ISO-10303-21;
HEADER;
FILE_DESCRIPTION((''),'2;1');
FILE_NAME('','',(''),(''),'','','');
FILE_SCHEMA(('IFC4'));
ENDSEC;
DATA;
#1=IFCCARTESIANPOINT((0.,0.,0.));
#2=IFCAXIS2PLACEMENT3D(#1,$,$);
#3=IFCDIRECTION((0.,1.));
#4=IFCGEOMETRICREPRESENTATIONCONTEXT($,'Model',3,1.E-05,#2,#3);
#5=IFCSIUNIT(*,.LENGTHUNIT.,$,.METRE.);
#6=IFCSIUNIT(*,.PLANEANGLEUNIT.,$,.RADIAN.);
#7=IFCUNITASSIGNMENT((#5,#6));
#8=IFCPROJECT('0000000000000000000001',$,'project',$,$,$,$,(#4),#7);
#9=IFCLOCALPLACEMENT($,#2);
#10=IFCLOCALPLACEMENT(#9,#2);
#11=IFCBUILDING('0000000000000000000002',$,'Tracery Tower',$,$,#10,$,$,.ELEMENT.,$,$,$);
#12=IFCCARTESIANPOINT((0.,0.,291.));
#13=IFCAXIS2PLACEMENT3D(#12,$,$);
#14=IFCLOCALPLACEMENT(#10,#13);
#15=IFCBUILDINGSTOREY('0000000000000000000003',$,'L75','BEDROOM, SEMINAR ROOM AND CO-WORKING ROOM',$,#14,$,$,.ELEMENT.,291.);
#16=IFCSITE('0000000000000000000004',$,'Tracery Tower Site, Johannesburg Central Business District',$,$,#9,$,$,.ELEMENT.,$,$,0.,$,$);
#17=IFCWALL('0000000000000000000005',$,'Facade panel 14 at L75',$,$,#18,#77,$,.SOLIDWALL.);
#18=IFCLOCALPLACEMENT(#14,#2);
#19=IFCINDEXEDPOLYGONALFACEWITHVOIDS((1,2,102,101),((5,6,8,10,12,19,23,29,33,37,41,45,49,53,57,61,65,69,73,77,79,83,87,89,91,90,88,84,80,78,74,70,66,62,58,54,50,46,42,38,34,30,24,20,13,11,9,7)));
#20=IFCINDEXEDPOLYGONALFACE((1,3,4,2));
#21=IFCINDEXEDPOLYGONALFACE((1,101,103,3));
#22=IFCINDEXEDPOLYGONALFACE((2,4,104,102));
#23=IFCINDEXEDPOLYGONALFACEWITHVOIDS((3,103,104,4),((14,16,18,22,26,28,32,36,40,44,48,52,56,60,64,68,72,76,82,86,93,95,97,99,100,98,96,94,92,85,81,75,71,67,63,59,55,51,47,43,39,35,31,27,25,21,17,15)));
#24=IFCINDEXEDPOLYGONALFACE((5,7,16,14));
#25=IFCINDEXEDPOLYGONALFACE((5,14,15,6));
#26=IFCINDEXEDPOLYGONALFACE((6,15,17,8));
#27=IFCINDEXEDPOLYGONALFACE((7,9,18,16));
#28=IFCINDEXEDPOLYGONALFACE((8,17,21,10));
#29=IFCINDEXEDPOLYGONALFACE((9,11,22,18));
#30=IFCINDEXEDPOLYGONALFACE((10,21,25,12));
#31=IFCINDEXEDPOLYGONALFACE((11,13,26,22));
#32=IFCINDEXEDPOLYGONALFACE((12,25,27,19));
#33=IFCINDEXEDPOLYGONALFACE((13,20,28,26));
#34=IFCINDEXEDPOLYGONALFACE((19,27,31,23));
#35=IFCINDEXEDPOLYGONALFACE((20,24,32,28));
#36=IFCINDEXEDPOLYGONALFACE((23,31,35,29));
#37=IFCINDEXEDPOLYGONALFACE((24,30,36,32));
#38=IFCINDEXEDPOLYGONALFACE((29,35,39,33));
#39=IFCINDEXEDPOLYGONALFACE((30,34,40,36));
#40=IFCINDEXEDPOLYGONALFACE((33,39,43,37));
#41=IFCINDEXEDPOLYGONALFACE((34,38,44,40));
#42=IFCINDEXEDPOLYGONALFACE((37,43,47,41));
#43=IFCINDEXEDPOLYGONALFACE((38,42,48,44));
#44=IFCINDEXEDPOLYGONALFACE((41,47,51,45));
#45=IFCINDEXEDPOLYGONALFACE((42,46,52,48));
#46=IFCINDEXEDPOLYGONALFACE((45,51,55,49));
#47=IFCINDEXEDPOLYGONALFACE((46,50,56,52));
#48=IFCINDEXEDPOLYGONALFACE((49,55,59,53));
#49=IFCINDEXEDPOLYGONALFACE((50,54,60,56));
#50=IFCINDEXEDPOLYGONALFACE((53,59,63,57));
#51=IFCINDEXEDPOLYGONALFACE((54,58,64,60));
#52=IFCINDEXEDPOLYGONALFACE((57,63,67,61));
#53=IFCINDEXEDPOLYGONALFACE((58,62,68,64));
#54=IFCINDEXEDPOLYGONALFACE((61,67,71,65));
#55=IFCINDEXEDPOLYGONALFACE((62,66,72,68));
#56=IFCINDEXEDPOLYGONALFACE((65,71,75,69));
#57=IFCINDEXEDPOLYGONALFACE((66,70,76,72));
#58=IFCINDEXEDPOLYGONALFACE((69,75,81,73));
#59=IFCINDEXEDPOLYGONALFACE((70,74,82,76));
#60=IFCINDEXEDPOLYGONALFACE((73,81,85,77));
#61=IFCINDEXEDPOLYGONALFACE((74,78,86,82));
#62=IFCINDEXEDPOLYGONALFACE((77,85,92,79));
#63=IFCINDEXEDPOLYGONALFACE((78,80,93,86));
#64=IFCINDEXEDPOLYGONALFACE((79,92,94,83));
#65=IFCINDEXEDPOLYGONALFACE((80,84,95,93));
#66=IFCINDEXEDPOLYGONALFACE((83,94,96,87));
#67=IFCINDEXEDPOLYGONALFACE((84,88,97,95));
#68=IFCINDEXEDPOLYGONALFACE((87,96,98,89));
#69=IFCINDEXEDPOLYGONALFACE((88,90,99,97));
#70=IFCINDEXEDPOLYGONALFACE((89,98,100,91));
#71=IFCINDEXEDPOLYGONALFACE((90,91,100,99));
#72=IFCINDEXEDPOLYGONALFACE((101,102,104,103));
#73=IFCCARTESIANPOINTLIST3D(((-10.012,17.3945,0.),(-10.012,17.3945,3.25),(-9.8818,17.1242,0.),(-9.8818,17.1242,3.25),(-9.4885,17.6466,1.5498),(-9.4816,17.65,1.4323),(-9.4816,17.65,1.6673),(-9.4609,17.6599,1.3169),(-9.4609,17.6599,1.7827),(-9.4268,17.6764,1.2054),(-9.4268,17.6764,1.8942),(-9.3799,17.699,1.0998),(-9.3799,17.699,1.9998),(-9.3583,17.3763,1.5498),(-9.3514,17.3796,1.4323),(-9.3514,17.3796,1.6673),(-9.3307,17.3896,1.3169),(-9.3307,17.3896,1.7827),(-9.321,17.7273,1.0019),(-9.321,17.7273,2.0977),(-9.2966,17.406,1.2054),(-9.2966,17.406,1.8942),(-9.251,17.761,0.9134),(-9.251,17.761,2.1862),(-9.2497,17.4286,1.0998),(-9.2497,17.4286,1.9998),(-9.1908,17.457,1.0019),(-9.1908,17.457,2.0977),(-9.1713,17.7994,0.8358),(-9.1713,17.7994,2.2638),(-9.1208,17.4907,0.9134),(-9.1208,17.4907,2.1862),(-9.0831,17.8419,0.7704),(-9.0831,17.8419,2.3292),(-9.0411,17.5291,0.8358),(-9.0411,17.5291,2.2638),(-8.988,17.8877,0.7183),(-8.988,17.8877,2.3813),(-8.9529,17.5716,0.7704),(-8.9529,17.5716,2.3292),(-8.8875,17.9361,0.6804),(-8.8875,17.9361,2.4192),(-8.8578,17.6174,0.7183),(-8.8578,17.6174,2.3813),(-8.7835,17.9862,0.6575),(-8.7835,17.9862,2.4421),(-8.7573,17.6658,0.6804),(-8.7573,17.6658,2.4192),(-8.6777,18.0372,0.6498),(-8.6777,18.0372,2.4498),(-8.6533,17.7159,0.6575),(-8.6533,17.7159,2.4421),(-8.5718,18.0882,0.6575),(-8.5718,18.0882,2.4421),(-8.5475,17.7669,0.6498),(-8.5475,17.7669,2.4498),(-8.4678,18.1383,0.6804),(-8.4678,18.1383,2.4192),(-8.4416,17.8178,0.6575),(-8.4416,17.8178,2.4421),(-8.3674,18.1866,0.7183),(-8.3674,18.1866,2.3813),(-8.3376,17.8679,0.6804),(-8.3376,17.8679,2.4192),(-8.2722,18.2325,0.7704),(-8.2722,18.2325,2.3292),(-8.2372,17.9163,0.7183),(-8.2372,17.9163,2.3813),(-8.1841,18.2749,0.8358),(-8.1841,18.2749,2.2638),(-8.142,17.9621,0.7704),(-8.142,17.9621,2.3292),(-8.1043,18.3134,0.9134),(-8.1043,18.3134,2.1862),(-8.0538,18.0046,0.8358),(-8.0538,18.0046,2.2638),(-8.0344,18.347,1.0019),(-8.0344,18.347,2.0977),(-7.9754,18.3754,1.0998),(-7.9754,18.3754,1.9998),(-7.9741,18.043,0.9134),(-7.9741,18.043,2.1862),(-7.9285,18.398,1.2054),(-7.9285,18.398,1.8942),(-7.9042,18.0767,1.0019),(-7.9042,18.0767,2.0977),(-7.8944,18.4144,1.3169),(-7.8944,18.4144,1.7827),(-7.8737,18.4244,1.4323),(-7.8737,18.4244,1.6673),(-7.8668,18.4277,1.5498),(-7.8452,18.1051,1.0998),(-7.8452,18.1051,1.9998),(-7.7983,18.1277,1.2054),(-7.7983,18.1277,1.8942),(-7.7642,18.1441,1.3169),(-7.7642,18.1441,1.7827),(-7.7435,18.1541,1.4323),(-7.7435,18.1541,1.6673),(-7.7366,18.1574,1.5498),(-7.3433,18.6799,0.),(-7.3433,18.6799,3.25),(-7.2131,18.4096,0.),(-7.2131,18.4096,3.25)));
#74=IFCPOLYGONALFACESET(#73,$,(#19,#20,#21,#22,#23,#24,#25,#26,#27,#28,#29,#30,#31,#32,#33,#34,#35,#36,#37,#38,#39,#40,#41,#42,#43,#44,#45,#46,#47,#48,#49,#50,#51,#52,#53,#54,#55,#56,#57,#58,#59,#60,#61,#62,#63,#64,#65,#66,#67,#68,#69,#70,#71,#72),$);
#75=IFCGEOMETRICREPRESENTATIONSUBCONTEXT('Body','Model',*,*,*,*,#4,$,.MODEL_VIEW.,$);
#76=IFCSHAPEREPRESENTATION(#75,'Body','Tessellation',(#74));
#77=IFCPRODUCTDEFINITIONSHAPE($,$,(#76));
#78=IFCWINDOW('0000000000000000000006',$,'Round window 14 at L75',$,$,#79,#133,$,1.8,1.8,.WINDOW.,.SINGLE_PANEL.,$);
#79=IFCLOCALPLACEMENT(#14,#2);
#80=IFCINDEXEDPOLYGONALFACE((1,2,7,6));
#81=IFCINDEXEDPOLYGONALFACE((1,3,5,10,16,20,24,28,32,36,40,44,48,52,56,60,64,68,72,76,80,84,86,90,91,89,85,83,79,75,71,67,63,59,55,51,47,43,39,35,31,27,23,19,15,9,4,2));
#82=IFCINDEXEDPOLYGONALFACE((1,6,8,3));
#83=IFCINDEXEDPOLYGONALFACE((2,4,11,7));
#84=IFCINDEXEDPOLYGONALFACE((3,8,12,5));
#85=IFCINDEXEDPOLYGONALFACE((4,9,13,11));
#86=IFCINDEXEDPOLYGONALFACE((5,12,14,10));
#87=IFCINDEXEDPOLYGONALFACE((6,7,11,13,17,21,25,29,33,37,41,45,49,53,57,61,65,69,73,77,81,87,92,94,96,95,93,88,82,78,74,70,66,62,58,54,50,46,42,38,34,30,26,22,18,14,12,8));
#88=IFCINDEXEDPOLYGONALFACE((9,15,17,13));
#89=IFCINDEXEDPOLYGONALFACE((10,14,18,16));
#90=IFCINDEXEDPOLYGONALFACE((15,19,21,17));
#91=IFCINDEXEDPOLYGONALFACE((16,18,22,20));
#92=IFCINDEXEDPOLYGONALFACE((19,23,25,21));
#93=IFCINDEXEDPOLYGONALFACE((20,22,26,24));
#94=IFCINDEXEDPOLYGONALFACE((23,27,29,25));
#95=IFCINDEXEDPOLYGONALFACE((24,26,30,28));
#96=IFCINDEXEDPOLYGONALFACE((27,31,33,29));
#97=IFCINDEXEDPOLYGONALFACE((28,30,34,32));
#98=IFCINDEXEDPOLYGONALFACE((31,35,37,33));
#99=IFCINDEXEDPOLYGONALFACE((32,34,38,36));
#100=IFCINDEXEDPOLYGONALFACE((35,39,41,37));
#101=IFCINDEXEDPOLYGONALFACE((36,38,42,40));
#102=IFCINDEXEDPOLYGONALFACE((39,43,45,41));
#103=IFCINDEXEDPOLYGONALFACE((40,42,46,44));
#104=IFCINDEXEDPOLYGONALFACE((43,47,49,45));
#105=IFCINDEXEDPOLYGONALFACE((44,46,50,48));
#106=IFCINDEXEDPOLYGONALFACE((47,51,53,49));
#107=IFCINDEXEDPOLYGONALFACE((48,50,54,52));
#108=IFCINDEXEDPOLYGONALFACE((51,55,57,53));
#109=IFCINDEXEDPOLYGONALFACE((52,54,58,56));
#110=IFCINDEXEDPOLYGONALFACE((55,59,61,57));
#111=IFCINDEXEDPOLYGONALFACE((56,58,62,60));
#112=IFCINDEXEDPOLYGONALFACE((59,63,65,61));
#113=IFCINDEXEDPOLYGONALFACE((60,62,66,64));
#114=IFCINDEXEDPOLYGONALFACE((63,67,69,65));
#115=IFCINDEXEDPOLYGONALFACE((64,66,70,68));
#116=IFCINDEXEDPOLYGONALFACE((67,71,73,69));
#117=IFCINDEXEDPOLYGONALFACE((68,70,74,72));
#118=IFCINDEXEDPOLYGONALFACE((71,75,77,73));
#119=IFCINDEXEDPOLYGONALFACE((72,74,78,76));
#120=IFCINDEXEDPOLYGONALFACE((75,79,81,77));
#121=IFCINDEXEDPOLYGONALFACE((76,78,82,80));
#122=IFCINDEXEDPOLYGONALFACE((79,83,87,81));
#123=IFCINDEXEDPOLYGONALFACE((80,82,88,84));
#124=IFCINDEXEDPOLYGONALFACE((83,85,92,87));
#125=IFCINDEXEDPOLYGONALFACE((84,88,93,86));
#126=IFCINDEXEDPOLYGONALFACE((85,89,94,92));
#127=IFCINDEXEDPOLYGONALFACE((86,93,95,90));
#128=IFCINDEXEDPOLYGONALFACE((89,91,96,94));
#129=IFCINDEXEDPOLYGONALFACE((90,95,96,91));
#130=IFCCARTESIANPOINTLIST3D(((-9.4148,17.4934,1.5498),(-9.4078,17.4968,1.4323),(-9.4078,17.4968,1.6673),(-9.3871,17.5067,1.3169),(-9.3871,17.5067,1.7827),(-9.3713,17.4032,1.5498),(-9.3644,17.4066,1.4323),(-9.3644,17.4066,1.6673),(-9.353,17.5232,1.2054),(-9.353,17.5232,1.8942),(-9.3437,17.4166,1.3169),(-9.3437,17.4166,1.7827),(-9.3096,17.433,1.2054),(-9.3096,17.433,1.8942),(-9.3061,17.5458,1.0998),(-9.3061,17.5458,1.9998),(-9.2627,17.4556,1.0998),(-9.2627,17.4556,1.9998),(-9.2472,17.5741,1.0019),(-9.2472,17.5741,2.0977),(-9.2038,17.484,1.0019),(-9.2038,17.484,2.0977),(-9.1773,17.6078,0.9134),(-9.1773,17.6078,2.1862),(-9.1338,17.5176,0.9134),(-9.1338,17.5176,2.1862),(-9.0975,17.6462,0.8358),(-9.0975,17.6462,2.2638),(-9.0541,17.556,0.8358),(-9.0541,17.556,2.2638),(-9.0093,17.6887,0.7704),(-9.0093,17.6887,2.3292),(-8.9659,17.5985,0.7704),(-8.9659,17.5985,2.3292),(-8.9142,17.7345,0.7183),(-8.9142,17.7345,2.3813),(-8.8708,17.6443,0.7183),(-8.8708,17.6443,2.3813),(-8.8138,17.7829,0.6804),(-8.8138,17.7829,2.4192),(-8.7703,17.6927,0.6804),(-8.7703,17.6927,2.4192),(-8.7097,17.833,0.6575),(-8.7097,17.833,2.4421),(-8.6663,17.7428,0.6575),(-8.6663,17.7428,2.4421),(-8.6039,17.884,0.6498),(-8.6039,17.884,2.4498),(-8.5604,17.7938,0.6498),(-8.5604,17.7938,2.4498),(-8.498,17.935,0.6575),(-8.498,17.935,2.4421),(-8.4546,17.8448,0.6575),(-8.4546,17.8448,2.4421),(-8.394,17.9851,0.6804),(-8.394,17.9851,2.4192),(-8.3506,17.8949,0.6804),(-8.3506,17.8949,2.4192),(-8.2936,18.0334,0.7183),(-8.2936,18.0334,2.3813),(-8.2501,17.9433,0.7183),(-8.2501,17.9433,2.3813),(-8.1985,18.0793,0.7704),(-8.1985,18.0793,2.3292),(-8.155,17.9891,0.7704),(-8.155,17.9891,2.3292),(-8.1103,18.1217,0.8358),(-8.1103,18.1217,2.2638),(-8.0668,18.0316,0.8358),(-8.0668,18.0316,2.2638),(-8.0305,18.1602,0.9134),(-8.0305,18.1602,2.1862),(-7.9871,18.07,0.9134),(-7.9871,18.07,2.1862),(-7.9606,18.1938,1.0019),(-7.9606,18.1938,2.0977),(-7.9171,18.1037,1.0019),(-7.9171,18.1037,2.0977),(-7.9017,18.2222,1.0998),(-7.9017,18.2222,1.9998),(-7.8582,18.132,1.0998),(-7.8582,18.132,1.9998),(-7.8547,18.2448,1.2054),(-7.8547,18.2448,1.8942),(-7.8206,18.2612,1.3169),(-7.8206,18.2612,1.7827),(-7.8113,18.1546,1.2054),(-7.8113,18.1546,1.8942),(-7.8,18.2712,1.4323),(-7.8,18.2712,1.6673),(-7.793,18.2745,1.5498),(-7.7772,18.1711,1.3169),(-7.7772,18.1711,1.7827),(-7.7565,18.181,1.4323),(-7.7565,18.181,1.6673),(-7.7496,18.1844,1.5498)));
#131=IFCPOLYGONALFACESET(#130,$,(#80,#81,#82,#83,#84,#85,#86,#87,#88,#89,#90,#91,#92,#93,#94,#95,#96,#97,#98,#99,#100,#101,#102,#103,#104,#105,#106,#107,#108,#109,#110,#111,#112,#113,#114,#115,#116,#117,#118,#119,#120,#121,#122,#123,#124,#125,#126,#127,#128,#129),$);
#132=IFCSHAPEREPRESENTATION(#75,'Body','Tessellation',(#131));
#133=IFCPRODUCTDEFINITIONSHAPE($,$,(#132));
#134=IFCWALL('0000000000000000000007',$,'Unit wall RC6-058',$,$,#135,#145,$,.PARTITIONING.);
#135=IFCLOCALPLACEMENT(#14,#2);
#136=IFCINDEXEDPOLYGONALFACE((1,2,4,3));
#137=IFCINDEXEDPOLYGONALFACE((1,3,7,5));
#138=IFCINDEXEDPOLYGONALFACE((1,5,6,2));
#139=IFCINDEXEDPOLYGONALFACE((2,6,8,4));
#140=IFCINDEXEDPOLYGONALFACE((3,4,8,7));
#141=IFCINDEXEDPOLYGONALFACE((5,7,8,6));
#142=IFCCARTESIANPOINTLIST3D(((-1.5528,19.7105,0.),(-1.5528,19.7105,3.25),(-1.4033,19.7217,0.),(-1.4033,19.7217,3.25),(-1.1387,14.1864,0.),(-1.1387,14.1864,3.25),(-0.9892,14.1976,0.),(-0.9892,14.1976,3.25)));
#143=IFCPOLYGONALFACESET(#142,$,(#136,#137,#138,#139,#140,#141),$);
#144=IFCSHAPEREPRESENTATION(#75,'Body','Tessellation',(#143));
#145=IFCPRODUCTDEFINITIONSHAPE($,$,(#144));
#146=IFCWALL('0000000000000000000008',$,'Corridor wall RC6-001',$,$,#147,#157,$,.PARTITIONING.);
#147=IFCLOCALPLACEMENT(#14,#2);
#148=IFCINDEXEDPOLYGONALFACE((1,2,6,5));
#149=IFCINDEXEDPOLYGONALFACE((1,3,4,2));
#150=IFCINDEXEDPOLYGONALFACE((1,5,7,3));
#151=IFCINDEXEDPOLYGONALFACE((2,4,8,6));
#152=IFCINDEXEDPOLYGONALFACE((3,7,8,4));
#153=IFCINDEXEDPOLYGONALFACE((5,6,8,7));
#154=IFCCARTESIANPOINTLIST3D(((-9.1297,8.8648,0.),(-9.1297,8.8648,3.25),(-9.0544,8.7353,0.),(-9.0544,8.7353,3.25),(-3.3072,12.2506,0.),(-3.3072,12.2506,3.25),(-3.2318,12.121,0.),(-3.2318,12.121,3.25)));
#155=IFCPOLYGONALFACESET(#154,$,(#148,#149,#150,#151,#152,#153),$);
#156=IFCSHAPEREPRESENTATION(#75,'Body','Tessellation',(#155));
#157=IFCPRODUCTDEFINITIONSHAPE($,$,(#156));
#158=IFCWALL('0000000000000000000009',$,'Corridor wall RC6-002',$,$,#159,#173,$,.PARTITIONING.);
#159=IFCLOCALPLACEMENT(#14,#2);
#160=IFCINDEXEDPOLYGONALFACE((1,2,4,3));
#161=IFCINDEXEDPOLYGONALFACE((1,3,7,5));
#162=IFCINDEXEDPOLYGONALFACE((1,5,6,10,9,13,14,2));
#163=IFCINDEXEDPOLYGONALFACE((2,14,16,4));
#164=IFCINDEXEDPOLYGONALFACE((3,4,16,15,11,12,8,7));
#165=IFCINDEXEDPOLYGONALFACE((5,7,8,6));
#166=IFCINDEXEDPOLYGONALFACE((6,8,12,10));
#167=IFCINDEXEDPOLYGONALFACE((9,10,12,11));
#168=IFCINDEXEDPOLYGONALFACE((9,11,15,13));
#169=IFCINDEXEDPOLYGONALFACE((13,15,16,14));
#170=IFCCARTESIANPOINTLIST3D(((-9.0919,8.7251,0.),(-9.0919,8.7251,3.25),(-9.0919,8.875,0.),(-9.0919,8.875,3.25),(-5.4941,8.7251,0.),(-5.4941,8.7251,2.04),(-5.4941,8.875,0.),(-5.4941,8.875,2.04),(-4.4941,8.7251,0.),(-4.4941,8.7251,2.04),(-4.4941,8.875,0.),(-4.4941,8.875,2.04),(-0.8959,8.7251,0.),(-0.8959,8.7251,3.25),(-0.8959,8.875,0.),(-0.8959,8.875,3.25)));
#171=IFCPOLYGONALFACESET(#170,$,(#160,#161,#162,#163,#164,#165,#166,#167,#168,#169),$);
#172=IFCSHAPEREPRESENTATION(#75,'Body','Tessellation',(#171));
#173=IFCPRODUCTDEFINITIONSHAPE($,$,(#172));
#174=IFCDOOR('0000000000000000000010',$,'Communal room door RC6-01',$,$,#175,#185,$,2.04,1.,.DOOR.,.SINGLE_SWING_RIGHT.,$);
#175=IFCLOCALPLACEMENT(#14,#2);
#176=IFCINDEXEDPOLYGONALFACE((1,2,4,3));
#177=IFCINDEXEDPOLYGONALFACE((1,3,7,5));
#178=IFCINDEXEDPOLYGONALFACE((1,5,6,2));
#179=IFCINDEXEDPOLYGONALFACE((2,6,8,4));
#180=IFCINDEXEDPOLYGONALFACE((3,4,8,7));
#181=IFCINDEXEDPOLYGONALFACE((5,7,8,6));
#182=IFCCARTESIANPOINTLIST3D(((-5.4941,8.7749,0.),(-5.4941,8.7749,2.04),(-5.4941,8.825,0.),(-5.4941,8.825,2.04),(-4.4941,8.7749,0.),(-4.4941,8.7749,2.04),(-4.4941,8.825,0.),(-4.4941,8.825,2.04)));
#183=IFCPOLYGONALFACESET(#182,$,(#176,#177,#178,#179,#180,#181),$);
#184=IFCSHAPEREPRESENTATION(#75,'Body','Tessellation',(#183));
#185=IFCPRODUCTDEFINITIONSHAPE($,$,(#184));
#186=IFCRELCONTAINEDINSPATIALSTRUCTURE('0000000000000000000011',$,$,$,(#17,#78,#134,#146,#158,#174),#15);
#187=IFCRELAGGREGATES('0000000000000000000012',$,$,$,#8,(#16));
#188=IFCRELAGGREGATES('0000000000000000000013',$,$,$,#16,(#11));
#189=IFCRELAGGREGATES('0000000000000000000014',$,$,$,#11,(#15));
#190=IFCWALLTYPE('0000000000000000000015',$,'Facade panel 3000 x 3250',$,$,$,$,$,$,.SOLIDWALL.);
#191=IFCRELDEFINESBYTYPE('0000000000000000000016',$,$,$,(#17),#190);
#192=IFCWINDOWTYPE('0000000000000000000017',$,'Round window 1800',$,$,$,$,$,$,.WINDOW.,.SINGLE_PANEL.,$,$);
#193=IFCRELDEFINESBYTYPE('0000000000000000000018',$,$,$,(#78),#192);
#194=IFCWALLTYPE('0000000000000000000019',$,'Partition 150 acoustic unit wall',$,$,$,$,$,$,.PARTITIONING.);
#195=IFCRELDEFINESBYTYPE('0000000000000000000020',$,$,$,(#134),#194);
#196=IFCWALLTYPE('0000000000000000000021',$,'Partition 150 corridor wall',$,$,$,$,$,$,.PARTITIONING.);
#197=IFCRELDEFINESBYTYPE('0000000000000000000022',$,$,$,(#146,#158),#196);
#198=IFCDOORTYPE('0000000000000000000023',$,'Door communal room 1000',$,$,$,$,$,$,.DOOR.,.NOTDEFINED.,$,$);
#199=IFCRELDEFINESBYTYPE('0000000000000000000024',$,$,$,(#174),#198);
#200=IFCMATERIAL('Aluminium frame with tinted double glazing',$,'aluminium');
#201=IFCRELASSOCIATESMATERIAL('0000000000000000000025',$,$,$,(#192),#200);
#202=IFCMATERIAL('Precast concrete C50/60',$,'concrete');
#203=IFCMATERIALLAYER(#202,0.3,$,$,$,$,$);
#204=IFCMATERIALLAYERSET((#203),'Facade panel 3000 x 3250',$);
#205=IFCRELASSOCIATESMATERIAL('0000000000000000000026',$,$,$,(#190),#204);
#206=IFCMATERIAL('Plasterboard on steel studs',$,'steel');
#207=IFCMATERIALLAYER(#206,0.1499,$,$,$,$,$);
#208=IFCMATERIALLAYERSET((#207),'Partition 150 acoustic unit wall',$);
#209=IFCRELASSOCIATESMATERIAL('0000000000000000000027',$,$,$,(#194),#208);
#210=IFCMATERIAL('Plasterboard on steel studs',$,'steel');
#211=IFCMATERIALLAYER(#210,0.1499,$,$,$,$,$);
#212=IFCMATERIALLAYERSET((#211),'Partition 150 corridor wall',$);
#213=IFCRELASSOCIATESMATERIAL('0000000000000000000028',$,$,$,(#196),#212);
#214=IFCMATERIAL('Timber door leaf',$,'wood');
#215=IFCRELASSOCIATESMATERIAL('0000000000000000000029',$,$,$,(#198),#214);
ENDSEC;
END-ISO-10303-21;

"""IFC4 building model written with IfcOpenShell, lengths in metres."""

from ifc_helpers import new_model, si_unit, direction, frame, frame_2d, origin, origin_2d, place, context, subcontext, project, spatial, rectangle, circle, extrude, material, layer, layer_set, type_object, element, fill, save


model = new_model("IFC4")

# Units and contexts
model_context = context("Model", 3, precision=1e-05, world=origin(), true_north=direction((0.0, 1.0)))
body_context = subcontext(model_context, "Body", "Model", "MODEL_VIEW")
ifc_project = project(units=[si_unit("LENGTHUNIT", "METRE"), si_unit("PLANEANGLEUNIT", "RADIAN")], contexts=[model_context])

# Site, building, storey
site_placement = place(None, origin())
site = spatial("IfcSite", under=ifc_project, at=site_placement, Name="Tracery Tower Site, Johannesburg Central Business District", CompositionType="ELEMENT", RefElevation=0.0)
building_placement = place(site_placement, origin())
building = spatial("IfcBuilding", under=site, at=building_placement, Name="Tracery Tower", CompositionType="ELEMENT")
storey_placement = place(building_placement, frame((0.0, 0.0, 291.0)))
storey = spatial("IfcBuildingStorey", under=building, at=storey_placement, Name="L75", Description="BEDROOM, SEMINAR ROOM AND CO-WORKING ROOM", CompositionType="ELEMENT", Elevation=291.0)

# Wall, opening, window
ifc_material_1 = material(Name="Aluminium frame with tinted double glazing", Category="aluminium")
window_type = type_object("IfcWindowType", Name="Round window 1800", PartitioningType="SINGLE_PANEL", PredefinedType="WINDOW", material=ifc_material_1)
ifc_material_2 = material(Name="Precast concrete C50/60", Category="concrete")
ifc_layer_1 = layer(ifc_material_2, 0.3)
ifc_layer_set_1 = layer_set([ifc_layer_1], Name="Facade panel 3000 x 3250")
wall_type_1 = type_object("IfcWallType", Name="Facade panel 3000 x 3250", PredefinedType="SOLIDWALL", material=ifc_layer_set_1)
wall_1_placement = place(storey_placement, frame((-7.2783, 18.5447, 0.0), z_axis=(0.0, 0.0, 1.0), x_axis=(-0.90094, -0.433944, 0.0)))
wall_1 = element("IfcWall", 1, at=wall_1_placement, inside=storey, type_object=wall_type_1, Name="Facade panel 14 at L75", PredefinedType="SOLIDWALL", context=body_context, shape_type="SweptSolid", body=[
    extrude(rectangle(XDim=2.9622, YDim=0.3, at=frame_2d((1.481, 0.0))), origin(), (0.0, 0.0, 1.0), 3.25),
])
opening_1_placement = place(wall_1_placement, frame((1.481, 0.0, 1.5498)))
opening_1 = element("IfcOpeningElement", 2, at=opening_1_placement, cuts=wall_1, PredefinedType="OPENING", context=body_context, shape_type="SweptSolid", body=[
    extrude(circle(Radius=0.9, at=origin_2d()), frame((0.0, 0.1599, 0.0), z_axis=(0.0, -1.0, 0.0), x_axis=(1.0, 0.0, 0.0)), (0.0, 0.0, 1.0), 0.3201),
])
window_1_placement = place(opening_1_placement, origin())
window_1 = element("IfcWindow", 3, at=window_1_placement, inside=storey, type_object=window_type, Name="Round window 14 at L75", OverallHeight=1.8, OverallWidth=1.8, PartitioningType="SINGLE_PANEL", PredefinedType="WINDOW", context=body_context, shape_type="SweptSolid", body=[
    extrude(circle(Radius=0.9, at=origin_2d()), frame((0.0, 0.1201, 0.0), z_axis=(0.0, -1.0, 0.0), x_axis=(1.0, 0.0, 0.0)), (0.0, 0.0, 1.0), 0.1001),
])
fill(opening_1, window_1)

# Walls
ifc_material_3 = material(Name="Plasterboard on steel studs", Category="steel")
ifc_layer_2 = layer(ifc_material_3, 0.1499)
ifc_layer_set_2 = layer_set([ifc_layer_2], Name="Partition 150 acoustic unit wall")
wall_type_2 = type_object("IfcWallType", Name="Partition 150 acoustic unit wall", PredefinedType="PARTITIONING", material=ifc_layer_set_2)
wall_2_placement = place(storey_placement, frame((-1.478, 19.7161, 0.0), z_axis=(0.0, 0.0, 1.0), x_axis=(0.074745, -0.997203, 0.0)))
element("IfcWall", 4, at=wall_2_placement, inside=storey, type_object=wall_type_2, Name="Unit wall RC6-058", PredefinedType="PARTITIONING", context=body_context, shape_type="SweptSolid", body=[
    extrude(rectangle(XDim=5.5396, YDim=0.1499, at=frame_2d((2.7698, 0.0))), origin(), (0.0, 0.0, 1.0), 3.25),
])
ifc_material_4 = material(Name="Plasterboard on steel studs", Category="steel")
ifc_layer_3 = layer(ifc_material_4, 0.1499)
ifc_layer_set_3 = layer_set([ifc_layer_3], Name="Partition 150 corridor wall")
wall_type_3 = type_object("IfcWallType", Name="Partition 150 corridor wall", PredefinedType="PARTITIONING", material=ifc_layer_set_3)
wall_3_placement = place(storey_placement, frame((-9.092, 8.8, 0.0), z_axis=(0.0, 0.0, 1.0), x_axis=(0.864471, 0.502683, 0.0)))
element("IfcWall", 5, at=wall_3_placement, inside=storey, type_object=wall_type_3, Name="Corridor wall RC6-001", PredefinedType="PARTITIONING", context=body_context, shape_type="SweptSolid", body=[
    extrude(rectangle(XDim=6.7354, YDim=0.1499, at=frame_2d((3.3677, 0.0))), origin(), (0.0, 0.0, 1.0), 3.25),
])

# Wall, opening, door
wall_4_placement = place(storey_placement, frame((-9.092, 8.8, 0.0), z_axis=(0.0, 0.0, 1.0), x_axis=(1.0, 0.0, 0.0)))
wall_4 = element("IfcWall", 6, at=wall_4_placement, inside=storey, type_object=wall_type_3, Name="Corridor wall RC6-002", PredefinedType="PARTITIONING", context=body_context, shape_type="SweptSolid", body=[
    extrude(rectangle(XDim=8.196, YDim=0.1499, at=frame_2d((4.0981, 0.0))), origin(), (0.0, 0.0, 1.0), 3.25),
])
opening_2_placement = place(wall_4_placement, frame((3.5979, 0.0, 0.0)))
opening_2 = element("IfcOpeningElement", 7, at=opening_2_placement, cuts=wall_4, PredefinedType="OPENING", context=body_context, shape_type="SweptSolid", body=[
    extrude(rectangle(XDim=1.0, YDim=2.04, at=frame_2d((0.5, 1.02))), frame((0.0, 0.075, 0.0), z_axis=(0.0, -1.0, 0.0), x_axis=(1.0, 0.0, 0.0)), (0.0, 0.0, 1.0), 0.1499),
])
ifc_material_5 = material(Name="Timber door leaf", Category="wood")
door_type_1 = type_object("IfcDoorType", Name="Door communal room 1000", OperationType="NOTDEFINED", PredefinedType="DOOR", material=ifc_material_5)
door_1_placement = place(opening_2_placement, origin())
door_1 = element("IfcDoor", 8, at=door_1_placement, inside=storey, type_object=door_type_1, Name="Communal room door RC6-01", OperationType="SINGLE_SWING_RIGHT", OverallHeight=2.04, OverallWidth=1.0, PredefinedType="DOOR", context=body_context, shape_type="SweptSolid", body=[
    extrude(rectangle(XDim=1.0, YDim=2.04, at=frame_2d((0.5, 1.02))), frame((0.0, 0.0249, 0.0), z_axis=(0.0, -1.0, 0.0), x_axis=(1.0, 0.0, 0.0)), (0.0, 0.0, 1.0), 0.05),
])
fill(opening_2, door_1)

save(model, "model.ifc")
